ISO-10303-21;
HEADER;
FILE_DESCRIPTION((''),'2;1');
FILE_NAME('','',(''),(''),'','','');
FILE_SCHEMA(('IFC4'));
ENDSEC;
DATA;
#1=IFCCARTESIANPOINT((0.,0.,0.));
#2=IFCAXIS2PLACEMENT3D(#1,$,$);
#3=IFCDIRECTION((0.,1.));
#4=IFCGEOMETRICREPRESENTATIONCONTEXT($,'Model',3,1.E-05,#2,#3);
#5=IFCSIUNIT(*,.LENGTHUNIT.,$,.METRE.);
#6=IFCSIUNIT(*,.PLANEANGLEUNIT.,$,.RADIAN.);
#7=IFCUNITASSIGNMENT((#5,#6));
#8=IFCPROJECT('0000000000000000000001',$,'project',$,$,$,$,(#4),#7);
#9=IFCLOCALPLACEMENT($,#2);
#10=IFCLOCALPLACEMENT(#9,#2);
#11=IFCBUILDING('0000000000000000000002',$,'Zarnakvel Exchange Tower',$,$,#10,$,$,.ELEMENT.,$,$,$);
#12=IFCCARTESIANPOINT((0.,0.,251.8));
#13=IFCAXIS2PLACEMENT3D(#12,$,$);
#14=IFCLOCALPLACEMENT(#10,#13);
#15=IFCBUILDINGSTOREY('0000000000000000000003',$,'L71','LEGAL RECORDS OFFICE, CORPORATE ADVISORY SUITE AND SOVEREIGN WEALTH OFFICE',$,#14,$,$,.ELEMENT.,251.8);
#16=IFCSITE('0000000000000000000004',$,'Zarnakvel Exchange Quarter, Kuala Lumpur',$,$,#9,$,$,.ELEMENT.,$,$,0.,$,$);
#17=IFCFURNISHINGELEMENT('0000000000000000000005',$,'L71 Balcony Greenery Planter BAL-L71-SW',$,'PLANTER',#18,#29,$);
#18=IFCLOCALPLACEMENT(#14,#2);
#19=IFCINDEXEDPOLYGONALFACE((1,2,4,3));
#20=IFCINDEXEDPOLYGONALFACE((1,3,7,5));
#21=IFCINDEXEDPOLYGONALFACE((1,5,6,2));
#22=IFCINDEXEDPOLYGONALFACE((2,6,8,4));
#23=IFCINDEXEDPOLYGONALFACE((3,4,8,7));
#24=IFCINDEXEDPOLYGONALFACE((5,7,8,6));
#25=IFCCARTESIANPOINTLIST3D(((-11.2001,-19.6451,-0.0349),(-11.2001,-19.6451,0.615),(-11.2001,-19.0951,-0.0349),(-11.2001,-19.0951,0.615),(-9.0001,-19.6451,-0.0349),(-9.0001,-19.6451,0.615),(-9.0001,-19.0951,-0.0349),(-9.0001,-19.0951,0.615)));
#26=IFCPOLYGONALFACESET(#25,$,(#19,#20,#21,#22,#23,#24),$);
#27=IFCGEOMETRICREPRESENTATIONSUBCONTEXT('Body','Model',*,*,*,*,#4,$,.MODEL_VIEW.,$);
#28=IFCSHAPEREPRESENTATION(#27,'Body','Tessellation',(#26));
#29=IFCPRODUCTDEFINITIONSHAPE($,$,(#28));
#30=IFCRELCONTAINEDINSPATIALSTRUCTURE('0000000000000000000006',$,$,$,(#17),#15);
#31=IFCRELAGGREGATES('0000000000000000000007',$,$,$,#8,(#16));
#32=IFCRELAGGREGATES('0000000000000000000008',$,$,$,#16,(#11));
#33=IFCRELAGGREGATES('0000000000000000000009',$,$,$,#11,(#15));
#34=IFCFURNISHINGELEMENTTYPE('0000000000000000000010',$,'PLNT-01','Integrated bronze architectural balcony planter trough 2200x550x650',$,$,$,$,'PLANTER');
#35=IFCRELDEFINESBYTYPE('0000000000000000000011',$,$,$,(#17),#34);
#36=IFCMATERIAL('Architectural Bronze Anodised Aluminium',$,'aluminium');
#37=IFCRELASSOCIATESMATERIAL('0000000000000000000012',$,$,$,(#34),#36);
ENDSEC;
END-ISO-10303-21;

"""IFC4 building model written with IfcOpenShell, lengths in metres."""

from ifc_helpers import new_model, si_unit, direction, frame, origin, origin_2d, place, context, subcontext, project, spatial, rectangle, extrude, source, transform, mapped, material, type_object, element, save


model = new_model("IFC4")

# Units and contexts
model_context = context("Model", 3, precision=1e-05, world=origin(), true_north=direction((0.0, 1.0)))
body_context = subcontext(model_context, "Body", "Model", "MODEL_VIEW")
ifc_project = project(units=[si_unit("LENGTHUNIT", "METRE"), si_unit("PLANEANGLEUNIT", "RADIAN")], contexts=[model_context])

# Site, building, storey
site_placement = place(None, origin())
site = spatial("IfcSite", under=ifc_project, at=site_placement, Name="Zarnakvel Exchange Quarter, Kuala Lumpur", CompositionType="ELEMENT", RefElevation=0.0)
building_placement = place(site_placement, origin())
building = spatial("IfcBuilding", under=site, at=building_placement, Name="Zarnakvel Exchange Tower", CompositionType="ELEMENT")
storey_placement = place(building_placement, frame((0.0, 0.0, 251.8)))
storey = spatial("IfcBuildingStorey", under=building, at=storey_placement, Name="L71", Description="LEGAL RECORDS OFFICE, CORPORATE ADVISORY SUITE AND SOVEREIGN WEALTH OFFICE", CompositionType="ELEMENT", Elevation=251.8)

# Shared definitions
ifc_material_1 = material(Name="Architectural Bronze Anodised Aluminium", Category="aluminium")

# Furnishing element
furnishing_element_type = type_object("IfcFurnishingElementType", Name="PLNT-01", Description="Integrated bronze architectural balcony planter trough 2200x550x650", ElementType="PLANTER", material=ifc_material_1)
shared_shape_1 = source(origin(), body_context, "Body", "SweptSolid", [
    extrude(rectangle(XDim=2.2, YDim=0.55, at=origin_2d()), origin(), (0.0, 0.0, 1.0), 0.6499),
])
furnishing_placement = place(storey_placement, frame((-10.1001, -19.3701, -0.0349), z_axis=(0.0, 0.0, 1.0), x_axis=(1.0, 0.0, 0.0)))
element("IfcFurnishingElement", 1, at=furnishing_placement, inside=storey, type_object=furnishing_element_type, Name="L71 Balcony Greenery Planter BAL-L71-SW", ObjectType="PLANTER", context=body_context, shape_type="MappedRepresentation", body=[
    mapped(shared_shape_1, transform((0.0, 0.0, 0.0), x_axis=(1.0, 0.0, 0.0), y_axis=(0.0, 1.0, 0.0), z_axis=(0.0, 0.0, 1.0), scale=1.0)),
])

save(model, "model.ifc")
